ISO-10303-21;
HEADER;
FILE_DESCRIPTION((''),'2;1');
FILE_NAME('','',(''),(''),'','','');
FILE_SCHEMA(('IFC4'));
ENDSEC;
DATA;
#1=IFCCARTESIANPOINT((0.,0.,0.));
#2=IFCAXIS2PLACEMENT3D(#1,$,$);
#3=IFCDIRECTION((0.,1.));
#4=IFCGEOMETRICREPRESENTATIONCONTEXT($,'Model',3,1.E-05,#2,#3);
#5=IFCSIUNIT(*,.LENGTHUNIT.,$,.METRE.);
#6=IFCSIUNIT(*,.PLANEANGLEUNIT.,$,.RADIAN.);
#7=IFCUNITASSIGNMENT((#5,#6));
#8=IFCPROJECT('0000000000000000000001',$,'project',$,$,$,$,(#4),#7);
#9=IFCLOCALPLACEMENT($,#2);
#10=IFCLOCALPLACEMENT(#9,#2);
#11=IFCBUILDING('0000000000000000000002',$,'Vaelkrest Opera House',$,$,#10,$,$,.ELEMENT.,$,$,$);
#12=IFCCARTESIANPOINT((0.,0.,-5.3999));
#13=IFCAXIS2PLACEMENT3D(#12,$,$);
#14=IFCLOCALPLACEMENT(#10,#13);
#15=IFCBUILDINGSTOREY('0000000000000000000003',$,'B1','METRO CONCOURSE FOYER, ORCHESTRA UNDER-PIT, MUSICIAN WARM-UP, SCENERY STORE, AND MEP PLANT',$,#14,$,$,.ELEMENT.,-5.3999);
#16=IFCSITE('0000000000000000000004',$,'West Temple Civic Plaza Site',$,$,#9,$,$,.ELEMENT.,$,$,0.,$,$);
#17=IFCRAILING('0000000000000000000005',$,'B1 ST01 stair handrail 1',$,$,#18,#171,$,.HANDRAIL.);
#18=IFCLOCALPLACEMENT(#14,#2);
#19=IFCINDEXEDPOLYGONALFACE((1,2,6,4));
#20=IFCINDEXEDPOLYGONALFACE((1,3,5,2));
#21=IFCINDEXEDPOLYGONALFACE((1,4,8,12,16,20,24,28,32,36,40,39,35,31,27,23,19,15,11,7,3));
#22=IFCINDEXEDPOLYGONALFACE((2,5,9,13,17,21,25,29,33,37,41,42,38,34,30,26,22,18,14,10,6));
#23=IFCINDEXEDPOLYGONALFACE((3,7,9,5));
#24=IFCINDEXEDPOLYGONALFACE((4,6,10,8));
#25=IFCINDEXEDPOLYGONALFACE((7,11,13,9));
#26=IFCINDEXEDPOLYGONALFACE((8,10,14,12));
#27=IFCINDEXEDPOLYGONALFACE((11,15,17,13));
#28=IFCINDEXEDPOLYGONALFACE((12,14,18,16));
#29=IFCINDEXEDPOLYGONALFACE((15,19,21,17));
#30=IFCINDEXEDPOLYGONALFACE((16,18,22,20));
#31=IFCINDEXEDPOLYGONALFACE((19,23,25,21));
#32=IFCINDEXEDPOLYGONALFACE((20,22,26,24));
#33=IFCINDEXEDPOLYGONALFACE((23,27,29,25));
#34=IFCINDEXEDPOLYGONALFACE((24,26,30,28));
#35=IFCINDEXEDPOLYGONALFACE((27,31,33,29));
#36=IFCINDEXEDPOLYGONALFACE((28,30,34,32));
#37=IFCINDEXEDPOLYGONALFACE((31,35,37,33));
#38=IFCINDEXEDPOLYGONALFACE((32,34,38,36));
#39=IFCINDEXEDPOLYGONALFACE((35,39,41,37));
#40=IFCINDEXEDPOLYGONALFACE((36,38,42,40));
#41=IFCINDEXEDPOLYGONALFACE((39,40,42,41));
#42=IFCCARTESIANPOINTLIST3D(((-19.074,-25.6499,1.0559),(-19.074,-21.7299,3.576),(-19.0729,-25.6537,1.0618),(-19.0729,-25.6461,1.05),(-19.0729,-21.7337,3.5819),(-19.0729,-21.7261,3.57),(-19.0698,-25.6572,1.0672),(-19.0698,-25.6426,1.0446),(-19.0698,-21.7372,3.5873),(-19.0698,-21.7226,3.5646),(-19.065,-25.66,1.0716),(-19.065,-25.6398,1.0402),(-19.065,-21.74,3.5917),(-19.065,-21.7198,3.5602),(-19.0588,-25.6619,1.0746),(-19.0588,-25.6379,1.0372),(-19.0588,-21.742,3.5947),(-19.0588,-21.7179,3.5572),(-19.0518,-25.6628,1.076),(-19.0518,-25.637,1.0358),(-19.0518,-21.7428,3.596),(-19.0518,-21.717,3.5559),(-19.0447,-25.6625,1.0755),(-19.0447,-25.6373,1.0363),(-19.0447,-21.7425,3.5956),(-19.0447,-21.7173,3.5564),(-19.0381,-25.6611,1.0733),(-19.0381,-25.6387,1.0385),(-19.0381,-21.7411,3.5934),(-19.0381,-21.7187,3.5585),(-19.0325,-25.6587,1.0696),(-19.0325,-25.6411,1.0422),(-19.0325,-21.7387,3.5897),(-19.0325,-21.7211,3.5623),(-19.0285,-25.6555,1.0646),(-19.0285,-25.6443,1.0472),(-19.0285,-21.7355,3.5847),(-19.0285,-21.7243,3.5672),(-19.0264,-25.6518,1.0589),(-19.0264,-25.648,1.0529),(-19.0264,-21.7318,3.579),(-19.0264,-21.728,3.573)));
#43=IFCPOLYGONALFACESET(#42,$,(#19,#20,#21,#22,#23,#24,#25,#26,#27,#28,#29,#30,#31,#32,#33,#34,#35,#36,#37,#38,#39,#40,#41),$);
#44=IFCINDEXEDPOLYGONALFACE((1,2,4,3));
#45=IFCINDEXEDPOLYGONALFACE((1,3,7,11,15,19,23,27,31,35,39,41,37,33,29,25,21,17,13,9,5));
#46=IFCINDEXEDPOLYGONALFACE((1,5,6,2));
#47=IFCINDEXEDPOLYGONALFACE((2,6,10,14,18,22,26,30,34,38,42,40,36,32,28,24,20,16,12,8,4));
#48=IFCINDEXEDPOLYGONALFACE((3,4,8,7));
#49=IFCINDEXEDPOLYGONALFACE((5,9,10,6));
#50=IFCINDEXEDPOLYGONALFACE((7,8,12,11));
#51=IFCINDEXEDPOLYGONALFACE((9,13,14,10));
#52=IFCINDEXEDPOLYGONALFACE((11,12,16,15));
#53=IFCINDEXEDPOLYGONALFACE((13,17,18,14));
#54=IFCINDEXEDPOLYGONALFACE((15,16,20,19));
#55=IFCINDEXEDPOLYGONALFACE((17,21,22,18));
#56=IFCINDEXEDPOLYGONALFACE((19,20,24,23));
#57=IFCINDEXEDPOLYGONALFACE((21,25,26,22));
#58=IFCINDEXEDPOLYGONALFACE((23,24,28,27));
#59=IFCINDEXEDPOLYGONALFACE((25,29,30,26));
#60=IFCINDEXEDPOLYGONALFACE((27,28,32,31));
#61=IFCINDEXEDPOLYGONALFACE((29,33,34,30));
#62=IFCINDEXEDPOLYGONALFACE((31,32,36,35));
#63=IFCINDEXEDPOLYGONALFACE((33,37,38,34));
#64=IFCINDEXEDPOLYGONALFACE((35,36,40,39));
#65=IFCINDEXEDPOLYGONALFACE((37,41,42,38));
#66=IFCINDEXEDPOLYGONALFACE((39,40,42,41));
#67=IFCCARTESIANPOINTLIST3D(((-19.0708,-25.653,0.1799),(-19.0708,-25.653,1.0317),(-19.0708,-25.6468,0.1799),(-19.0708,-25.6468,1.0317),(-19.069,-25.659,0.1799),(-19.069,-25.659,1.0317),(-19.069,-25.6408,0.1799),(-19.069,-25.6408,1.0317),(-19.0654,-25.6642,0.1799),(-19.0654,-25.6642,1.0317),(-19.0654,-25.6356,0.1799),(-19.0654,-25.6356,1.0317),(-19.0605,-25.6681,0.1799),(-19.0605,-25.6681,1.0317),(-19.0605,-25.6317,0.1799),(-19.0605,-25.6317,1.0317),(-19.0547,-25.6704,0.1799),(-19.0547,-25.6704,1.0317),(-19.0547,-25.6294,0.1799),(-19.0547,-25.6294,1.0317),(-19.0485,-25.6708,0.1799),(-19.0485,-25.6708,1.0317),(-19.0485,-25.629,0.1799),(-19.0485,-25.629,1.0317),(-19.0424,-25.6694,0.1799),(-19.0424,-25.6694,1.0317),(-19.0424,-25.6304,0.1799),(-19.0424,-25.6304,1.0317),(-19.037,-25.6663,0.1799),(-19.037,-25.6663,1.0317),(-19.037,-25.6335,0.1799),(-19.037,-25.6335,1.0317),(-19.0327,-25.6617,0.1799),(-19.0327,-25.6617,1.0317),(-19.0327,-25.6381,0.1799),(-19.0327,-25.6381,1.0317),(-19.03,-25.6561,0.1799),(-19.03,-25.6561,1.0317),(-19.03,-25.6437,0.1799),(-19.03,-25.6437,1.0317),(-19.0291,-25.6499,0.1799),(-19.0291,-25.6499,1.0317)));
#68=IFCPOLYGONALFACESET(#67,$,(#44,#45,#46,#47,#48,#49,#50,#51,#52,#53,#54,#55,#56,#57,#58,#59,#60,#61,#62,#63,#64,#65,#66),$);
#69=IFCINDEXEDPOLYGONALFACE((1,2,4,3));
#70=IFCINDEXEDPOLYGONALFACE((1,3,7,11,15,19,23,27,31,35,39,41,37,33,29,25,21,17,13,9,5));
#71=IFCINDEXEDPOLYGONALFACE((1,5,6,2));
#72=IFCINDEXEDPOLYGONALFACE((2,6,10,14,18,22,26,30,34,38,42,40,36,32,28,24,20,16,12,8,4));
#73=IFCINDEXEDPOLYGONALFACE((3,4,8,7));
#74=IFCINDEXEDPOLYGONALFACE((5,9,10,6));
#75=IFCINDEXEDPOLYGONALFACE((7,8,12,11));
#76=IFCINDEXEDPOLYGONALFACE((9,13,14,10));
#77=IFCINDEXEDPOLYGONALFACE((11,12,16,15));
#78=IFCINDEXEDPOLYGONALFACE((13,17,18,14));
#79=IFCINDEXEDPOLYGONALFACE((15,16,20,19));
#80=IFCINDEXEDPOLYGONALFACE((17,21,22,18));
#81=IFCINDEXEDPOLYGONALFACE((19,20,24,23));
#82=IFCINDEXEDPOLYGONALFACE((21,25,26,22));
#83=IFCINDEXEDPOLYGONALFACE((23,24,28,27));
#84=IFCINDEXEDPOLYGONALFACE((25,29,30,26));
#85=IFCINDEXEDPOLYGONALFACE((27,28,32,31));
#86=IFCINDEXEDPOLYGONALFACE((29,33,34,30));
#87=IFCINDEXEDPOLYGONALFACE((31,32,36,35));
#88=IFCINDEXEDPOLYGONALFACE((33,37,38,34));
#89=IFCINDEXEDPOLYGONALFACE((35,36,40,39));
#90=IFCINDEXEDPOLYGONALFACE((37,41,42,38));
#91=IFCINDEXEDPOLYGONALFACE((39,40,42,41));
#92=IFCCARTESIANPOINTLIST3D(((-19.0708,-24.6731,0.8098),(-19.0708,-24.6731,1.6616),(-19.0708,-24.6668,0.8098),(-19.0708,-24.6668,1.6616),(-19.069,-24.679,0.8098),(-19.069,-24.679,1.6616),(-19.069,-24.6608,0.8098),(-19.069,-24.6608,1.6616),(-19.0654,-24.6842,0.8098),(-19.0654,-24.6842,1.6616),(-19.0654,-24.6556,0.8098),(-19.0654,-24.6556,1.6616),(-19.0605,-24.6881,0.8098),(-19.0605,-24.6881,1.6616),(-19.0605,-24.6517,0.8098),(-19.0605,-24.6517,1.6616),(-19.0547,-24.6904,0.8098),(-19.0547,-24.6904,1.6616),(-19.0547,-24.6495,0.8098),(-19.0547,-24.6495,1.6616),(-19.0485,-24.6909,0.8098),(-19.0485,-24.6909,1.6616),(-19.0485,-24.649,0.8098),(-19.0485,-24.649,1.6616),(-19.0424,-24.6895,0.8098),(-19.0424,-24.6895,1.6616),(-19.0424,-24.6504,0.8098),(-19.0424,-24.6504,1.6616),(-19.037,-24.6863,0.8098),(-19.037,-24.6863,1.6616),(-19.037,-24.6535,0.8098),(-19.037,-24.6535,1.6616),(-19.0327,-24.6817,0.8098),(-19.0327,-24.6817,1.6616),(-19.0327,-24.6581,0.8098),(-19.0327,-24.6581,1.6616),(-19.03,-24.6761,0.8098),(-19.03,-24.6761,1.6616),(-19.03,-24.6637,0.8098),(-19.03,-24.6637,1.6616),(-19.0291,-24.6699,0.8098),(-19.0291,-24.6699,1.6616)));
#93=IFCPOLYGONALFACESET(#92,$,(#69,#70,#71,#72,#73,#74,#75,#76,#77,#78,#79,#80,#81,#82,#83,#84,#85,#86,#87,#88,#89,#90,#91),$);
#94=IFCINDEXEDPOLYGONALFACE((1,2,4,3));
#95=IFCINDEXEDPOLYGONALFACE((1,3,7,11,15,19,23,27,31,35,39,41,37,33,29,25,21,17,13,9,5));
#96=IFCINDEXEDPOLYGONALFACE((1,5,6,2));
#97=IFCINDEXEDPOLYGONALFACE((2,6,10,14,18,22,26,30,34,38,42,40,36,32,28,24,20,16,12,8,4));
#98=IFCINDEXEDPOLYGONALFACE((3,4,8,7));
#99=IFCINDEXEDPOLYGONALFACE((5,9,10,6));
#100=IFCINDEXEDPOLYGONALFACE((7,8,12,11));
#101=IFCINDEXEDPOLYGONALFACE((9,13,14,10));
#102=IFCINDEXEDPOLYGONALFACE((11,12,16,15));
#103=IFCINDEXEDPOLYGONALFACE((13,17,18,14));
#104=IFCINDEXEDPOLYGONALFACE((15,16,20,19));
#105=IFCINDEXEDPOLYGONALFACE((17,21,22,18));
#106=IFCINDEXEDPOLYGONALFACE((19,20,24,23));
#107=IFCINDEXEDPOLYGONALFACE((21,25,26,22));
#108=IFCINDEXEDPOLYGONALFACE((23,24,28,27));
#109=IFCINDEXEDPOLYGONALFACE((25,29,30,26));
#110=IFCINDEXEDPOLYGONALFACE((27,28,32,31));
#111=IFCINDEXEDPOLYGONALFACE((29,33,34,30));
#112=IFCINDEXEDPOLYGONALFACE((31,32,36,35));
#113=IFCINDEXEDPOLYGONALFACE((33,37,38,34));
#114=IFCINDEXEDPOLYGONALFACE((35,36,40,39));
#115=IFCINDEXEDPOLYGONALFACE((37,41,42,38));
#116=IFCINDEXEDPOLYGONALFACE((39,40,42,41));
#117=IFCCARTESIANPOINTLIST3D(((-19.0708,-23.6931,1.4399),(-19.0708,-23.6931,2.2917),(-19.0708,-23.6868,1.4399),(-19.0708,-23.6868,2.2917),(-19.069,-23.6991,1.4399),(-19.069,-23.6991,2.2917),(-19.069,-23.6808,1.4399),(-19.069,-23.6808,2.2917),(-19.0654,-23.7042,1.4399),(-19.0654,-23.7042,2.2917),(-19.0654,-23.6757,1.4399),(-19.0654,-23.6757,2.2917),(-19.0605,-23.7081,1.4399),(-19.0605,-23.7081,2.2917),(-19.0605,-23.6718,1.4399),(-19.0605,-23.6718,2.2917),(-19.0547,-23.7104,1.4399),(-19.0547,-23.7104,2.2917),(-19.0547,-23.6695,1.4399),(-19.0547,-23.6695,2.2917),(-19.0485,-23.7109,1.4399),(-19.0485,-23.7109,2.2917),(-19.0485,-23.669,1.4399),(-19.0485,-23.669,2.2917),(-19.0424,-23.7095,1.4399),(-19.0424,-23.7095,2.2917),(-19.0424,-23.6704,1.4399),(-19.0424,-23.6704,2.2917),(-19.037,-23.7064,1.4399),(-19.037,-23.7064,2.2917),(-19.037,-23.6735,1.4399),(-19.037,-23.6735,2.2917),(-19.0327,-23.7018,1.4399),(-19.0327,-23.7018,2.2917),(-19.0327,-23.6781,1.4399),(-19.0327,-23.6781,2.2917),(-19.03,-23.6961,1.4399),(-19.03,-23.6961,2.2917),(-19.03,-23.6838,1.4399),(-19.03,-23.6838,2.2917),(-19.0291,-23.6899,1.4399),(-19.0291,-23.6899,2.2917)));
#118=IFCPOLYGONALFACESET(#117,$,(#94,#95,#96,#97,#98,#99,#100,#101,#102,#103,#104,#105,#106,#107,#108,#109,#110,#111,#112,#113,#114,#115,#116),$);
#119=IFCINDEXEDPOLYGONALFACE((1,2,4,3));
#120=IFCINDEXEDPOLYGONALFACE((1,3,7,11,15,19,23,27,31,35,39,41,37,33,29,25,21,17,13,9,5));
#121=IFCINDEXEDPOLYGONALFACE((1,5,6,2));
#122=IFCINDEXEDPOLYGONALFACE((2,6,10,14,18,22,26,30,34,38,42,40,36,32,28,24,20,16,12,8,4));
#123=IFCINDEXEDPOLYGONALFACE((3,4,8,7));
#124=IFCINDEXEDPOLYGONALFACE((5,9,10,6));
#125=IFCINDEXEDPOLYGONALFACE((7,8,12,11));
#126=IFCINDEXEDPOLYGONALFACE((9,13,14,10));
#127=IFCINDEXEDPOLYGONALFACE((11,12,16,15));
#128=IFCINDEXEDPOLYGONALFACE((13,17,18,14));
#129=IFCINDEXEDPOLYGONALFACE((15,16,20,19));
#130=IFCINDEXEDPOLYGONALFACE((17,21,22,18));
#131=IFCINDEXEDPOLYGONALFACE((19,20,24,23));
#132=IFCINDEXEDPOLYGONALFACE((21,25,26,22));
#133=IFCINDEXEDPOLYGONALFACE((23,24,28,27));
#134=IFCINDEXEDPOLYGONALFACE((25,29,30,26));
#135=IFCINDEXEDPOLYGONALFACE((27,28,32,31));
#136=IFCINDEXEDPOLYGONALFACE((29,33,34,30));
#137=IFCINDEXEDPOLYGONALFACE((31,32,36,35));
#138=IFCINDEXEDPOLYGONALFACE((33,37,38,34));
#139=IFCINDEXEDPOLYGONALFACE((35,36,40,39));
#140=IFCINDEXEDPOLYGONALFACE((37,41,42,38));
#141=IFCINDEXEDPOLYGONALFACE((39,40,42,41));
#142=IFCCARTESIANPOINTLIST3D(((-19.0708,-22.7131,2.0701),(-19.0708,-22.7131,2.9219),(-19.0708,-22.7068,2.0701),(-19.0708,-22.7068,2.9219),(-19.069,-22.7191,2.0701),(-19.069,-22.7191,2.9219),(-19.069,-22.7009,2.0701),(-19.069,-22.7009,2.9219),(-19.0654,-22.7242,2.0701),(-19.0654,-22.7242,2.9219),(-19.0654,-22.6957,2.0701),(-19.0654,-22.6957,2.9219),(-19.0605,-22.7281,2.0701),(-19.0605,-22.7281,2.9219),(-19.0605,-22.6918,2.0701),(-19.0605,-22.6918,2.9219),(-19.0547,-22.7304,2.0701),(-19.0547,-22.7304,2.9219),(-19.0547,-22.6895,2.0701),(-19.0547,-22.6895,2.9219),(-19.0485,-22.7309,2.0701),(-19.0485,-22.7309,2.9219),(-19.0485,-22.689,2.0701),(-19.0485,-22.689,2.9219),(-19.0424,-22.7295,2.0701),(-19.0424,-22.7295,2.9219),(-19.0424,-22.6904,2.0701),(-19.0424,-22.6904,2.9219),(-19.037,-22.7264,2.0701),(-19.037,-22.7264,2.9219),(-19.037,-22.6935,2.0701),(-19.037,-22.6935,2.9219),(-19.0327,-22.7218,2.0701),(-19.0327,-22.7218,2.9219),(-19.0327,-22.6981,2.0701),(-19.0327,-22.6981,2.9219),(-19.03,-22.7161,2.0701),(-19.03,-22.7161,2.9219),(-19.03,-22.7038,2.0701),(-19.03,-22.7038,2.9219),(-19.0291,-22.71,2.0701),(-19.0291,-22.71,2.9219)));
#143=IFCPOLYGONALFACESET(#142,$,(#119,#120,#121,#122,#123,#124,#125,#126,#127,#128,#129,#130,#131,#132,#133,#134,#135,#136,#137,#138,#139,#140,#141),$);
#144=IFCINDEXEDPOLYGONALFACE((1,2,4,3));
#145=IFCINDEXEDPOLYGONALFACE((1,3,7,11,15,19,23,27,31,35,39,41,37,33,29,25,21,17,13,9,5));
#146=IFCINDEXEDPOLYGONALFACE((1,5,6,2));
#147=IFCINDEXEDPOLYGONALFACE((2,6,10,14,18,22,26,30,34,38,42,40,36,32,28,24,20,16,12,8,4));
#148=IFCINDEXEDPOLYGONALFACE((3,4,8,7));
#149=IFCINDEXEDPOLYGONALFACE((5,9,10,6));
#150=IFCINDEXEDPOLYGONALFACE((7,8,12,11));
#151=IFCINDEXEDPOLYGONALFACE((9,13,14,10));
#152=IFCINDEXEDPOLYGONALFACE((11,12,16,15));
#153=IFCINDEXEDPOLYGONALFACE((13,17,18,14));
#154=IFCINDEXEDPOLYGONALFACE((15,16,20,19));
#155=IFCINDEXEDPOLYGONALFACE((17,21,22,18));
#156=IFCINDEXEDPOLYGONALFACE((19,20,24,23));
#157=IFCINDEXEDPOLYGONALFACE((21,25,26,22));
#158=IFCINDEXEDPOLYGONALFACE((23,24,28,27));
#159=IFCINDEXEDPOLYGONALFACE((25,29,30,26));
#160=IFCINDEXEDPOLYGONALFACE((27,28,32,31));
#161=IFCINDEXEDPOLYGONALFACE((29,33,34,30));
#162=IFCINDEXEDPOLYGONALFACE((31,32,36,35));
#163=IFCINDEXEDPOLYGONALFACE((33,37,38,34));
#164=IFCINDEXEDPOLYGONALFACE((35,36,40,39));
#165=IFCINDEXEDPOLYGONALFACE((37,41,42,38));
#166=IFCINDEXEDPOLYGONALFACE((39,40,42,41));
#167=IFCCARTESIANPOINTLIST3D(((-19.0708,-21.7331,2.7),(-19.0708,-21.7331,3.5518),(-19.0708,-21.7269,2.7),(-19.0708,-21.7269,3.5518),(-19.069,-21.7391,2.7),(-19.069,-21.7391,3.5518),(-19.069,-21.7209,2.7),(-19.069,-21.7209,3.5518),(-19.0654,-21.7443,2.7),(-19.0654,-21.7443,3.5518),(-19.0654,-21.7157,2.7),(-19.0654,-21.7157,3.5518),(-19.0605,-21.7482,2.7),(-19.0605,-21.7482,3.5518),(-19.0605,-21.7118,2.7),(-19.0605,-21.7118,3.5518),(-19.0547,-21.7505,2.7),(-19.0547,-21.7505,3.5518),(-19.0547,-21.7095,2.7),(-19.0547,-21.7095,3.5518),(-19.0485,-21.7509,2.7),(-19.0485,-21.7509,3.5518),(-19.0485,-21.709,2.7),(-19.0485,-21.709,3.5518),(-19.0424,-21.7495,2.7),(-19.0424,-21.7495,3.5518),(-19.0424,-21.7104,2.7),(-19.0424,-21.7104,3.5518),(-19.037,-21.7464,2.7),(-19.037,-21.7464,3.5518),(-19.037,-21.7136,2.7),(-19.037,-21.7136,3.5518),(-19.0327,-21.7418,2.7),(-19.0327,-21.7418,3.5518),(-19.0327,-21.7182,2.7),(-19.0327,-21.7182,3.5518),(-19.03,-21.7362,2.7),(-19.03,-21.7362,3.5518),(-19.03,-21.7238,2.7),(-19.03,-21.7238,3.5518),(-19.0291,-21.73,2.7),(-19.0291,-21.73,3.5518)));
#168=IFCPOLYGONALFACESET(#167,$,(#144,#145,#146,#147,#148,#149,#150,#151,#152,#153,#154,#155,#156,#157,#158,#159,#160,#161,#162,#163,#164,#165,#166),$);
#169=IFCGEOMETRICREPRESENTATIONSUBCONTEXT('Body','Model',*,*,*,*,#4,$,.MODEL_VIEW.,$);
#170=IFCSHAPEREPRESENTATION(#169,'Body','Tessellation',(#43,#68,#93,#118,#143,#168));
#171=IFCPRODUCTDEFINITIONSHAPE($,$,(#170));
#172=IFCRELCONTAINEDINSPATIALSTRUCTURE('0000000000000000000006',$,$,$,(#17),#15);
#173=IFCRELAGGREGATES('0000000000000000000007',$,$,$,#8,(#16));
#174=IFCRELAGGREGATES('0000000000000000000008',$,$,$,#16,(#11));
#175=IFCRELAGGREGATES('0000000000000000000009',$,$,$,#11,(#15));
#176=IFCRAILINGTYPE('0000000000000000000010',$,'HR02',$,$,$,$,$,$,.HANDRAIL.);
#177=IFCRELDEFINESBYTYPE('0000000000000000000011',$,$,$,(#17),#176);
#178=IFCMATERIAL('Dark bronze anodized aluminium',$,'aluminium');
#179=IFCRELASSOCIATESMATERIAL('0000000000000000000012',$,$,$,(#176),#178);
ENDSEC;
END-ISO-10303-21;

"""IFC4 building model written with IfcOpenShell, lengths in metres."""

from ifc_helpers import new_model, si_unit, direction, frame, origin, origin_2d, place, context, subcontext, project, spatial, circle, extrude, material, type_object, element, save


model = new_model("IFC4")

# Units and contexts
model_context = context("Model", 3, precision=1e-05, world=origin(), true_north=direction((0.0, 1.0)))
body_context = subcontext(model_context, "Body", "Model", "MODEL_VIEW")
ifc_project = project(units=[si_unit("LENGTHUNIT", "METRE"), si_unit("PLANEANGLEUNIT", "RADIAN")], contexts=[model_context])

# Site, building, storey
site_placement = place(None, origin())
site = spatial("IfcSite", under=ifc_project, at=site_placement, Name="West Temple Civic Plaza Site", CompositionType="ELEMENT", RefElevation=0.0)
building_placement = place(site_placement, origin())
building = spatial("IfcBuilding", under=site, at=building_placement, Name="Vaelkrest Opera House", CompositionType="ELEMENT")
storey_placement = place(building_placement, frame((0.0, 0.0, -5.3999)))
storey = spatial("IfcBuildingStorey", under=building, at=storey_placement, Name="B1", Description="METRO CONCOURSE FOYER, ORCHESTRA UNDER-PIT, MUSICIAN WARM-UP, SCENERY STORE, AND MEP PLANT", CompositionType="ELEMENT", Elevation=-5.3999)

# Railing
ifc_material_1 = material(Name="Dark bronze anodized aluminium", Category="aluminium")
railing_type_1 = type_object("IfcRailingType", Name="HR02", PredefinedType="HANDRAIL", material=ifc_material_1)
railing_1_placement = place(storey_placement, frame((-19.05, -25.6499, 0.1799)))
element("IfcRailing", 1, at=railing_1_placement, inside=storey, type_object=railing_type_1, Name="B1 ST01 stair handrail 1", PredefinedType="HANDRAIL", context=body_context, shape_type="SweptSolid", body=[
    extrude(circle(Radius=0.0239, at=origin_2d()), frame((0.0, 0.0, 0.876), z_axis=(0.0, 0.841172, 0.540768), x_axis=(-1.0, 0.0, 0.0)), (0.0, 0.0, 1.0), 4.6602),
    extrude(circle(Radius=0.021, at=origin_2d()), origin(), (0.0, 0.0, 1.0), 0.8518),
    extrude(circle(Radius=0.021, at=origin_2d()), frame((0.0, 0.98, 0.6299)), (0.0, 0.0, 1.0), 0.8518),
    extrude(circle(Radius=0.021, at=origin_2d()), frame((0.0, 1.96, 1.26)), (0.0, 0.0, 1.0), 0.8518),
    extrude(circle(Radius=0.021, at=origin_2d()), frame((0.0, 2.9399, 1.8901)), (0.0, 0.0, 1.0), 0.8518),
    extrude(circle(Radius=0.021, at=origin_2d()), frame((0.0, 3.9199, 2.52)), (0.0, 0.0, 1.0), 0.8518),
])

save(model, "model.ifc")
